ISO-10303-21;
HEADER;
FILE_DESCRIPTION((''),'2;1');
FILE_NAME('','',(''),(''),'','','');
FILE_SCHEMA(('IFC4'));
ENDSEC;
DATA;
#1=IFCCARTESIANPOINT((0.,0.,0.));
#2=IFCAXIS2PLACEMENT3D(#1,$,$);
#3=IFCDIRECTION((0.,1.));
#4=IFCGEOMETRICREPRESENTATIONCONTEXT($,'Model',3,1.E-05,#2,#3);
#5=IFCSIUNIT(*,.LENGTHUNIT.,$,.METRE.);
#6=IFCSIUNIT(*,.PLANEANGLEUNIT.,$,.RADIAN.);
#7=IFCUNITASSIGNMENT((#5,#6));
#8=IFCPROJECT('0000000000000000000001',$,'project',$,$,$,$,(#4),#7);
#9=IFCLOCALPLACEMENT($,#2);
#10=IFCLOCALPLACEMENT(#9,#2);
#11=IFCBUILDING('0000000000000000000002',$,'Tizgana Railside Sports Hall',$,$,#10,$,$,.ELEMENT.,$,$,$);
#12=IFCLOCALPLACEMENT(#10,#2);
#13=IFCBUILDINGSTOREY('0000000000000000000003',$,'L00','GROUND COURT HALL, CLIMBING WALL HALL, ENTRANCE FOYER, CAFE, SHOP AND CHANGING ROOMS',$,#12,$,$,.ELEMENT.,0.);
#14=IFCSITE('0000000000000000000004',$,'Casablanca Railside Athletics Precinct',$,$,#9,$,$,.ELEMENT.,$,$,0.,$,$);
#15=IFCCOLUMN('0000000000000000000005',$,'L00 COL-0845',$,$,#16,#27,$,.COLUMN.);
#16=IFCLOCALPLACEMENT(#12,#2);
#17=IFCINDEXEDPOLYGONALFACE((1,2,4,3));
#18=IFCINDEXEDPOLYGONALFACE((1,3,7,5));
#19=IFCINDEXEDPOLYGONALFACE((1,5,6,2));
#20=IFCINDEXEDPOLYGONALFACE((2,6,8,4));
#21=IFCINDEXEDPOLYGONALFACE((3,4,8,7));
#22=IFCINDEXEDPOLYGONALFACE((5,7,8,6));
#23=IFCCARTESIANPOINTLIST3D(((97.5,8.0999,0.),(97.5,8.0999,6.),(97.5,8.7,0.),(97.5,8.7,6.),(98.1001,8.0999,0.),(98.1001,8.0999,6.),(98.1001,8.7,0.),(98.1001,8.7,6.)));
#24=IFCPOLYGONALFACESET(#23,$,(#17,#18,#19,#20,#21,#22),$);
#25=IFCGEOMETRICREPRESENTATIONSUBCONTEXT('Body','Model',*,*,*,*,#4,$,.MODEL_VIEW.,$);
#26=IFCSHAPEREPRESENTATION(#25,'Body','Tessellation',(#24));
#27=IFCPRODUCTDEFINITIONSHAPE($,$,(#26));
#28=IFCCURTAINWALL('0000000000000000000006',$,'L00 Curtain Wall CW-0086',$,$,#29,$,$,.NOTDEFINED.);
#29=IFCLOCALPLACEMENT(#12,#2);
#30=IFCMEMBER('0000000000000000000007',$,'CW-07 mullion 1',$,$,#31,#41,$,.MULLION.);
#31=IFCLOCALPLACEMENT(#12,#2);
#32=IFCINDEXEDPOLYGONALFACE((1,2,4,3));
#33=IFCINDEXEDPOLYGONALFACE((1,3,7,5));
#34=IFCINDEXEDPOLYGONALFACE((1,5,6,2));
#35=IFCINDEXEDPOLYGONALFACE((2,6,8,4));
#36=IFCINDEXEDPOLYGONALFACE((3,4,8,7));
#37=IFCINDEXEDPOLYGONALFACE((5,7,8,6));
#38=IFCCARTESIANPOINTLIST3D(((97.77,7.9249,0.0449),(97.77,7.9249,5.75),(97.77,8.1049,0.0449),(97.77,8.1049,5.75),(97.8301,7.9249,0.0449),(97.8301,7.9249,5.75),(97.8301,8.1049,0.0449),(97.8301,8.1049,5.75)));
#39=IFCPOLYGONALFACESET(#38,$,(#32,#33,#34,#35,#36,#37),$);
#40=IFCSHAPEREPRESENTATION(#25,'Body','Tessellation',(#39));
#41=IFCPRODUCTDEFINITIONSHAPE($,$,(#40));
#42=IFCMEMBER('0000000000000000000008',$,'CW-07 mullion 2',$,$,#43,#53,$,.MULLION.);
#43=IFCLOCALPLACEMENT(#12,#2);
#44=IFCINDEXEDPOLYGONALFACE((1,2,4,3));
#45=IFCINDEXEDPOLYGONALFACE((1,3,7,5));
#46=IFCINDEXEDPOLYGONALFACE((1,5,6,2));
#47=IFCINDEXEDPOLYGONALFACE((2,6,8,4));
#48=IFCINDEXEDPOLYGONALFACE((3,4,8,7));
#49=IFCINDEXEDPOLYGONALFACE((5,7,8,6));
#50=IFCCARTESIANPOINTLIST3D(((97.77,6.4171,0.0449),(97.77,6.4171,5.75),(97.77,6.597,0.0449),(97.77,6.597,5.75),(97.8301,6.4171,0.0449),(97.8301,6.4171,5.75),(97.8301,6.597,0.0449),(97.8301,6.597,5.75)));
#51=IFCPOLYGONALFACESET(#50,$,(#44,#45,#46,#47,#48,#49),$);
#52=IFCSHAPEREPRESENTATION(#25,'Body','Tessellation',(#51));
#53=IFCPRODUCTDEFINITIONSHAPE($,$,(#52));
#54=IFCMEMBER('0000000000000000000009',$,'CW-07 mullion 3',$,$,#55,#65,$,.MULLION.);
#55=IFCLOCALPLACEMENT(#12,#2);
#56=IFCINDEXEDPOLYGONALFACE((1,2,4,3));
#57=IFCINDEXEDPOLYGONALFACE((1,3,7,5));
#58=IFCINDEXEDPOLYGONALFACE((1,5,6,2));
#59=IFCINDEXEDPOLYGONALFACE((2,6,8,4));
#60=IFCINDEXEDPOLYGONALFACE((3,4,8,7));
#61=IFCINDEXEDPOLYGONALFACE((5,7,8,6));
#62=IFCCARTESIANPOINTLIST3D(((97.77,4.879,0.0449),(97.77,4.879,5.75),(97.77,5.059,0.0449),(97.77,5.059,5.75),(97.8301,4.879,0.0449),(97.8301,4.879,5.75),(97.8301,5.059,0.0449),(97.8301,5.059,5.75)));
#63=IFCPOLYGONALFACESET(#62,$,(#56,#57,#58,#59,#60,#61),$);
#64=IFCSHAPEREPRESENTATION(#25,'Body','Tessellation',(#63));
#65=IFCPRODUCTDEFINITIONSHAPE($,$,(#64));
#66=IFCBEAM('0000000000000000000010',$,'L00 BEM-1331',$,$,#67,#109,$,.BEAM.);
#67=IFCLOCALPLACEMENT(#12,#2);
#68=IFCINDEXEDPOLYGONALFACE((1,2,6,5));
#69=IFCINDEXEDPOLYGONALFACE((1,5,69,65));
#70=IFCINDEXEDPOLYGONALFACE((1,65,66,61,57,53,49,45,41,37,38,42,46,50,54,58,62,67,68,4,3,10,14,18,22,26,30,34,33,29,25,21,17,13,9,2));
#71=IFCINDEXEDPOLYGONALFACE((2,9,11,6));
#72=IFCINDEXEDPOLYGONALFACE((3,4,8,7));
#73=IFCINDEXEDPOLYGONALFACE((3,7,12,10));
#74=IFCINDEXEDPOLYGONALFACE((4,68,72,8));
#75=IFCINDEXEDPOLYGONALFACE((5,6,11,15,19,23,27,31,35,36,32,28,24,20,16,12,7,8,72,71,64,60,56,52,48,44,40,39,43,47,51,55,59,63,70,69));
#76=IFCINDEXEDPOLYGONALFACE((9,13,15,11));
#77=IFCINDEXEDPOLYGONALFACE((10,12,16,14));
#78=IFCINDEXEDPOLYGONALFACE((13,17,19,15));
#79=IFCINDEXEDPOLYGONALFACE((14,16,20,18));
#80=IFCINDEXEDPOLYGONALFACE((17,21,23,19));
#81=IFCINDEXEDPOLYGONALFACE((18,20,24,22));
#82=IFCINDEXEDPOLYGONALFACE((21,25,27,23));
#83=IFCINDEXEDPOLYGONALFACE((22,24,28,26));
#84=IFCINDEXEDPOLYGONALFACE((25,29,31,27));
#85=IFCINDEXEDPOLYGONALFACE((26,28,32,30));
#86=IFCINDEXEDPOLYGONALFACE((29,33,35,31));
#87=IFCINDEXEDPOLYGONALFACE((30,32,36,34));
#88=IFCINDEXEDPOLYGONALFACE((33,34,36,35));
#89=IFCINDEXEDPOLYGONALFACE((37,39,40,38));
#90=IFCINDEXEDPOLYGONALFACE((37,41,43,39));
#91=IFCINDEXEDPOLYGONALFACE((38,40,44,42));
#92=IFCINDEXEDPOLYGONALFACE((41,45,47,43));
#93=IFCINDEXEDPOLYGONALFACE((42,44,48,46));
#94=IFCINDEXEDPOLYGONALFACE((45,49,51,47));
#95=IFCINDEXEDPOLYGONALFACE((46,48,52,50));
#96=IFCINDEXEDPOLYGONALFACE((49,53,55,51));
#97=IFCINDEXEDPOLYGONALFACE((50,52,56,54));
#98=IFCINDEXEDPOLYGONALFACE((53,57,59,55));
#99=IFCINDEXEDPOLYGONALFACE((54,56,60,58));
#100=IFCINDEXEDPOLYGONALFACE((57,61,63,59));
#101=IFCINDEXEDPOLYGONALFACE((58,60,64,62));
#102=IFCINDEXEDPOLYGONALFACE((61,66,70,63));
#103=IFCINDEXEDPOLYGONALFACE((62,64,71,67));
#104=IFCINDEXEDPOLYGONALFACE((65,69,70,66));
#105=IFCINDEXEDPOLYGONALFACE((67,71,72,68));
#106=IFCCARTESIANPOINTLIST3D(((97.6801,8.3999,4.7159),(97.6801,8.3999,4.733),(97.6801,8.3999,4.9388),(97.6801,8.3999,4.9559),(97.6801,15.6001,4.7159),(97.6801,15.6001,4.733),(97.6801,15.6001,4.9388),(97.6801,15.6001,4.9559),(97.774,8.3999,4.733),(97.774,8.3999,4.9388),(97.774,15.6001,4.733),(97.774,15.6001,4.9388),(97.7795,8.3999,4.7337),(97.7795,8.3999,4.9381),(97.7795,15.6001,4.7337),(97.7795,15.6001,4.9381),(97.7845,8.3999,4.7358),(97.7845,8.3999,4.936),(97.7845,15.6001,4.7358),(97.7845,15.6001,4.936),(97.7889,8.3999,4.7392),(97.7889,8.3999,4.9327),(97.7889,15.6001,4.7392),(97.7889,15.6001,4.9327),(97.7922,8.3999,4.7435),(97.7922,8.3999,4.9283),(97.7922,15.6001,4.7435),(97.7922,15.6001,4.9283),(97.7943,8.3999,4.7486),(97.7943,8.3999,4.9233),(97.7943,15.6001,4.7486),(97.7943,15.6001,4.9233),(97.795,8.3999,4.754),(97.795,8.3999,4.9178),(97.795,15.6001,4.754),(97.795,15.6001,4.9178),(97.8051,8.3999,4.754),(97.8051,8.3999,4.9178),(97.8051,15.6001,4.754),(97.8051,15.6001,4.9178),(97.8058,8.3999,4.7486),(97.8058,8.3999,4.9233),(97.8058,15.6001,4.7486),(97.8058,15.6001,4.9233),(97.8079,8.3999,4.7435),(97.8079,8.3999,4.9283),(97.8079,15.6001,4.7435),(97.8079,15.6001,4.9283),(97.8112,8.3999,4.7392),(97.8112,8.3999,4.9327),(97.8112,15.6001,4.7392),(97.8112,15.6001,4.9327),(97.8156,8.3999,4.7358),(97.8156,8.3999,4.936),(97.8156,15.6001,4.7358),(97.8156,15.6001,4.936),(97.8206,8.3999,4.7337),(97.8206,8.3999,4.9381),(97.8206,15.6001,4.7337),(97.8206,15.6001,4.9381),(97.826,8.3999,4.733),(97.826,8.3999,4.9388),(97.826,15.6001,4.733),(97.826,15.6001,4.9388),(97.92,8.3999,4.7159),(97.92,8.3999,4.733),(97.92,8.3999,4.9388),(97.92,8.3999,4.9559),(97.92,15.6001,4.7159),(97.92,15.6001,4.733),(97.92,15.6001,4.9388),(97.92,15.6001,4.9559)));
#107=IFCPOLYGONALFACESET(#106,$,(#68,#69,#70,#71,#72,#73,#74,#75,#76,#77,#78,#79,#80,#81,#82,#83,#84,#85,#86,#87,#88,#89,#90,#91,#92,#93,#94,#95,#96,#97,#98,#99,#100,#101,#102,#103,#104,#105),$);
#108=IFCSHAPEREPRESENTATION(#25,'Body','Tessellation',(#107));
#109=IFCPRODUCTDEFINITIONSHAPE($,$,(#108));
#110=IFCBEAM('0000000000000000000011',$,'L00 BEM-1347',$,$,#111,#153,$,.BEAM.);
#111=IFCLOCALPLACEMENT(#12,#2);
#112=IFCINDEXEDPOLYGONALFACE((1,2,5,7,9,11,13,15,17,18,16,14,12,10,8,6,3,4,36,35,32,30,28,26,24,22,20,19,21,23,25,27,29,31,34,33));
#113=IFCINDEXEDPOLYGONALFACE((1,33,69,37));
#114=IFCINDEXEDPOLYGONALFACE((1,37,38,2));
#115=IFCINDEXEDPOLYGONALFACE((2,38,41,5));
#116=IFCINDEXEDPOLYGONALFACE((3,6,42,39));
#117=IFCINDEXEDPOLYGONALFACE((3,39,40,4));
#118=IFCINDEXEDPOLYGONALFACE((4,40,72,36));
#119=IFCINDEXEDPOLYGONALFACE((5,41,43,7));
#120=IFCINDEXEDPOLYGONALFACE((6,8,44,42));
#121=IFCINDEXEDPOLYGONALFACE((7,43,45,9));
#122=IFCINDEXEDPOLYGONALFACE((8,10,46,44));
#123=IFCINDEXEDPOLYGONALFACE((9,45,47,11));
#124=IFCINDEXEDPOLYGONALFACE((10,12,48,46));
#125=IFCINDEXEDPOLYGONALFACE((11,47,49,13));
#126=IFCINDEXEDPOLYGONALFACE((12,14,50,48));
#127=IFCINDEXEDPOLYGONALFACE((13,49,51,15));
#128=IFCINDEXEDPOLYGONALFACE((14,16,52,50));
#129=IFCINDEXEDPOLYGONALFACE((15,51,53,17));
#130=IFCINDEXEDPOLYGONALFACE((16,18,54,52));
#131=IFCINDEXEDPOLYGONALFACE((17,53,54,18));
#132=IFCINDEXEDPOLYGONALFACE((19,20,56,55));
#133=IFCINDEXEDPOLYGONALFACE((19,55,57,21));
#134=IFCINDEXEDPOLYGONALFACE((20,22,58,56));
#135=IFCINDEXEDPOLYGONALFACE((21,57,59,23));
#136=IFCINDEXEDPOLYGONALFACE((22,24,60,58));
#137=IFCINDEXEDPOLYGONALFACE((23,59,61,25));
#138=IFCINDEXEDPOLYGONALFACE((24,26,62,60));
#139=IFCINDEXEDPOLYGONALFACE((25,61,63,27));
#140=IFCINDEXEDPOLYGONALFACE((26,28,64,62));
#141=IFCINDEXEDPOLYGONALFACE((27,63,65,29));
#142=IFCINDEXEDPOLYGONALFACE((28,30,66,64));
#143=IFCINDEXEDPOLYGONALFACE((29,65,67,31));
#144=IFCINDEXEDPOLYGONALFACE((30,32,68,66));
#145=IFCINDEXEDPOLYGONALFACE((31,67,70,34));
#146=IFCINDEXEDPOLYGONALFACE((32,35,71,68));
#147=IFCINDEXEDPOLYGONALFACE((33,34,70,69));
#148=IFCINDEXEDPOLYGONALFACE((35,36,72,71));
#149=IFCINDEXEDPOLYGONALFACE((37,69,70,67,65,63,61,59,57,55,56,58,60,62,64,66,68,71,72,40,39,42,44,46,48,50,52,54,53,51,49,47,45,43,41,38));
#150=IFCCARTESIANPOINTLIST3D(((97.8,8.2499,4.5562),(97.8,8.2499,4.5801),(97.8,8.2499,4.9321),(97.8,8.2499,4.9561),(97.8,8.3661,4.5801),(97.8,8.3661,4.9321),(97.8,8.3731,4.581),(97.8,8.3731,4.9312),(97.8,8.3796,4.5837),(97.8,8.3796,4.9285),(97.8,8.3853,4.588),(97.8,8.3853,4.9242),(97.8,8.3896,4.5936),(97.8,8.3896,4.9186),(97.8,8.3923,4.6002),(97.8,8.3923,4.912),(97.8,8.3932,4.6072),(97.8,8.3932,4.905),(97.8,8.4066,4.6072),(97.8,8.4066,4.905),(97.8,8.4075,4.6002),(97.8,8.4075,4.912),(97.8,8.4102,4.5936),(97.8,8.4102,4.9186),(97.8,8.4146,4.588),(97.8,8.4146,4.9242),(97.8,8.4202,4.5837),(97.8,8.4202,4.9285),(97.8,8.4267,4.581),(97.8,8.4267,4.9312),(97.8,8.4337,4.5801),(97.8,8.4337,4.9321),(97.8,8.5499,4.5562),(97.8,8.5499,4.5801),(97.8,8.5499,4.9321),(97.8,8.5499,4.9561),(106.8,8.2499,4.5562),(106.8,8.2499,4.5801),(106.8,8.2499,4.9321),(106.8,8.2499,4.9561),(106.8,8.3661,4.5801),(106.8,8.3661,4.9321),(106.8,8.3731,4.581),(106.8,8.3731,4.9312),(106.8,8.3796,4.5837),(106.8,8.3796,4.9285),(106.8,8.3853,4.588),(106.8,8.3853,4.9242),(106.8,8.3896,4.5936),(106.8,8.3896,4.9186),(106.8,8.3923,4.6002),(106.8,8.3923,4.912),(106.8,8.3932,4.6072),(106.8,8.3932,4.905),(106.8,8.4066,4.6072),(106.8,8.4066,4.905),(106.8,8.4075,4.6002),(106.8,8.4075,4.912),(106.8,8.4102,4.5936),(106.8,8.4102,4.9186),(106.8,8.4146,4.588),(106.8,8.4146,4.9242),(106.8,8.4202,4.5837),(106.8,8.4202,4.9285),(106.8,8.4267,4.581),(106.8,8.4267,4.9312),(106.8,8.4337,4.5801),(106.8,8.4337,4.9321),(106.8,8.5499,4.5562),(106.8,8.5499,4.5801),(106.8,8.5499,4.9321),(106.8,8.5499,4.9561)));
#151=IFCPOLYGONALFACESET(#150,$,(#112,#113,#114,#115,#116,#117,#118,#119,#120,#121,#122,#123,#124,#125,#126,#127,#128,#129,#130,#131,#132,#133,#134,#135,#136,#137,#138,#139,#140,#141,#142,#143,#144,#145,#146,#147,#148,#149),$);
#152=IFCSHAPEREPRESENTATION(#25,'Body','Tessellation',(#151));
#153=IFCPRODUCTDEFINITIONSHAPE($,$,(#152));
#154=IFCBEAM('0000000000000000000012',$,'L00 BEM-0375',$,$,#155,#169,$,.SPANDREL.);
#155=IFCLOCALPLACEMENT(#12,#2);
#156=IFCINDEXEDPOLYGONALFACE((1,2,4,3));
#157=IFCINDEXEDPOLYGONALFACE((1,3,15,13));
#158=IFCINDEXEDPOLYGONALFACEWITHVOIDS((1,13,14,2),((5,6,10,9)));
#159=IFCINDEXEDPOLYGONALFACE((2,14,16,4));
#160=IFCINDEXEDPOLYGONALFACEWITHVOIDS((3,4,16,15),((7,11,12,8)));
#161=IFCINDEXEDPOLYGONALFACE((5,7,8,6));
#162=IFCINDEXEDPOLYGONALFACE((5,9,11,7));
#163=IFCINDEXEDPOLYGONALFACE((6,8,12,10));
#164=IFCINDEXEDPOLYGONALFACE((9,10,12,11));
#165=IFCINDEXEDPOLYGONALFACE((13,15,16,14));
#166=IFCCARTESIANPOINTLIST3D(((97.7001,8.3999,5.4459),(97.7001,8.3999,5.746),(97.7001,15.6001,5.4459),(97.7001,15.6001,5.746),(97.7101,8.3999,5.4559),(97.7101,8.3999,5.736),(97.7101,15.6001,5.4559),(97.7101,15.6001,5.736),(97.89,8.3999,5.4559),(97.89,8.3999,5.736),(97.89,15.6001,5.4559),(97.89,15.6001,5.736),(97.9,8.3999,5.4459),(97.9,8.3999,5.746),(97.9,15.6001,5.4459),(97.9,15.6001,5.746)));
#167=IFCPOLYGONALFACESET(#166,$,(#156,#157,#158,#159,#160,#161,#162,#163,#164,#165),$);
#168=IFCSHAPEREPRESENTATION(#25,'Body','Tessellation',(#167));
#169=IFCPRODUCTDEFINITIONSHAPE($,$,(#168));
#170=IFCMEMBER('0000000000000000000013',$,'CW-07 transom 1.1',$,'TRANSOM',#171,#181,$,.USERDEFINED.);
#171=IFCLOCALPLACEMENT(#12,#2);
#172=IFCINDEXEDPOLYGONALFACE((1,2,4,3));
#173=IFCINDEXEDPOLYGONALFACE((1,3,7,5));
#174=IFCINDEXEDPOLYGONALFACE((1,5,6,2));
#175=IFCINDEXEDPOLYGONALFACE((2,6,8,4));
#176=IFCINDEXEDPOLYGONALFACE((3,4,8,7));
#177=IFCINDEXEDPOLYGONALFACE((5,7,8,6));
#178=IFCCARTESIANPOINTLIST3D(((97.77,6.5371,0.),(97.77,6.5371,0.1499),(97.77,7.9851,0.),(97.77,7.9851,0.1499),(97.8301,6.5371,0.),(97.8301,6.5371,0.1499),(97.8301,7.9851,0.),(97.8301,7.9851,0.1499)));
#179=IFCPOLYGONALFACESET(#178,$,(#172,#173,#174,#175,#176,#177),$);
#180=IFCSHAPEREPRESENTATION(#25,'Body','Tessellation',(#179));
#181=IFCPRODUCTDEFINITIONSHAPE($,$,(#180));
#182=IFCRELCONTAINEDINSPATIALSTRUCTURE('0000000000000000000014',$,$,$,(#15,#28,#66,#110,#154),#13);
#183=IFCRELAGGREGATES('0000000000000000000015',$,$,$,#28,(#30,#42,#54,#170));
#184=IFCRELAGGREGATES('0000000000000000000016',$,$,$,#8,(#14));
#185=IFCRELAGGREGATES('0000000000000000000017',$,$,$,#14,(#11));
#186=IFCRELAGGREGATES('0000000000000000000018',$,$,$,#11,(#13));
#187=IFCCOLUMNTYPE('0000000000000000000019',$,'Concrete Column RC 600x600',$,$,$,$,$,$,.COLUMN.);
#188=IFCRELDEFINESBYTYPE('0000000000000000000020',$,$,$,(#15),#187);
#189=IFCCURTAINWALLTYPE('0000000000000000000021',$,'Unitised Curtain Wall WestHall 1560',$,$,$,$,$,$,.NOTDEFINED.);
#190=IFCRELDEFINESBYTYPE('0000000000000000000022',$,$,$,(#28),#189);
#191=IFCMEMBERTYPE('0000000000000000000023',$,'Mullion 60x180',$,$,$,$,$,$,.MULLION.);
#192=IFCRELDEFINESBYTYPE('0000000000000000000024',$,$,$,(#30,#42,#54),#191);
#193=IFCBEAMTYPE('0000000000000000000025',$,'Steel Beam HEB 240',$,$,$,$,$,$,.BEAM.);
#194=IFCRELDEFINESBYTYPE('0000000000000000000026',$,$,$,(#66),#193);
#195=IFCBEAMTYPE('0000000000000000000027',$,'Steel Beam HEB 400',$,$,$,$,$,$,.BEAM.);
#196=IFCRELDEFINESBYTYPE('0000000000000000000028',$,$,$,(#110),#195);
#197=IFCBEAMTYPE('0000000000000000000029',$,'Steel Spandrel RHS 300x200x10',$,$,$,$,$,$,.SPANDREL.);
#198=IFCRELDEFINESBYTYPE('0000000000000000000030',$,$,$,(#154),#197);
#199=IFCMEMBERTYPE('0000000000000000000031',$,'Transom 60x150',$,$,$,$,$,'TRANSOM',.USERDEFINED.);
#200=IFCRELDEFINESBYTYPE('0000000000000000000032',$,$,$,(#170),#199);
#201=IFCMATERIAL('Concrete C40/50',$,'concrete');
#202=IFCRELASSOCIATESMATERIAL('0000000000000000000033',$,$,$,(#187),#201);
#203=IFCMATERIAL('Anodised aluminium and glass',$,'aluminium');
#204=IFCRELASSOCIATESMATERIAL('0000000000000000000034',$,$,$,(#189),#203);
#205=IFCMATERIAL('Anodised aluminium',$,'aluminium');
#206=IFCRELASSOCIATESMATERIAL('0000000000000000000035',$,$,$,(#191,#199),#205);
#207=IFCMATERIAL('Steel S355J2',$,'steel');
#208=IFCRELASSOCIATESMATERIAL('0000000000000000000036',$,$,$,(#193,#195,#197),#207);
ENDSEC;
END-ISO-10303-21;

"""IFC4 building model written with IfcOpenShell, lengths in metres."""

from ifc_helpers import new_model, si_unit, direction, frame, origin, origin_2d, place, context, subcontext, project, spatial, rectangle, hollow_rectangle, i_section, extrude, material, material_profile, profile_set, type_object, element, aggregate, save


model = new_model("IFC4")

# Units and contexts
model_context = context("Model", 3, precision=1e-05, world=origin(), true_north=direction((0.0, 1.0)))
body_context = subcontext(model_context, "Body", "Model", "MODEL_VIEW")
ifc_project = project(units=[si_unit("LENGTHUNIT", "METRE"), si_unit("PLANEANGLEUNIT", "RADIAN")], contexts=[model_context])

# Site, building, storey
site_placement = place(None, origin())
site = spatial("IfcSite", under=ifc_project, at=site_placement, Name="Casablanca Railside Athletics Precinct", CompositionType="ELEMENT", RefElevation=0.0)
building_placement = place(site_placement, origin())
building = spatial("IfcBuilding", under=site, at=building_placement, Name="Tizgana Railside Sports Hall", CompositionType="ELEMENT")
storey_placement = place(building_placement, origin())
storey = spatial("IfcBuildingStorey", under=building, at=storey_placement, Name="L00", Description="GROUND COURT HALL, CLIMBING WALL HALL, ENTRANCE FOYER, CAFE, SHOP AND CHANGING ROOMS", CompositionType="ELEMENT", Elevation=0.0)

# Column
ifc_material_1 = material(Name="Concrete C40/50", Category="concrete")
ifc_material_profile_1 = material_profile(ifc_material_1, rectangle(XDim=0.6001, YDim=0.6001, at=origin_2d()), Name="RC 600x600")
ifc_profile_set_1 = profile_set([ifc_material_profile_1], Name="Concrete C40/50")
column_type = type_object("IfcColumnType", Name="Concrete Column RC 600x600", PredefinedType="COLUMN", material=ifc_profile_set_1)
column_placement = place(storey_placement, frame((97.8, 8.3999, 0.0), z_axis=(0.0, 0.0, 1.0), x_axis=(1.0, 0.0, 0.0)))
element("IfcColumn", 1, at=column_placement, inside=storey, type_object=column_type, Name="L00 COL-0845", PredefinedType="COLUMN", context=body_context, shape_type="SweptSolid", body=[
    extrude(rectangle(XDim=0.6001, YDim=0.6001, at=origin_2d()), origin(), (0.0, 0.0, 1.0), 6.0),
])

# Curtain wall, members
ifc_material_2 = material(Name="Anodised aluminium and glass", Category="aluminium")
curtain_wall_type = type_object("IfcCurtainWallType", Name="Unitised Curtain Wall WestHall 1560", PredefinedType="NOTDEFINED", material=ifc_material_2)
curtain_wall_placement = place(storey_placement, origin())
curtain_wall = element("IfcCurtainWall", 2, at=curtain_wall_placement, inside=storey, type_object=curtain_wall_type, Name="L00 Curtain Wall CW-0086", PredefinedType="NOTDEFINED")
ifc_material_3 = material(Name="Anodised aluminium", Category="aluminium")
ifc_material_profile_2 = material_profile(ifc_material_3, rectangle(XDim=0.0601, YDim=0.1799, at=origin_2d()), Name="Mullion 60x180")
ifc_profile_set_2 = profile_set([ifc_material_profile_2], Name="Anodised aluminium")
member_type_1 = type_object("IfcMemberType", Name="Mullion 60x180", PredefinedType="MULLION", material=ifc_profile_set_2)
member_1_placement = place(storey_placement, frame((97.8, 8.0149, 0.0449), z_axis=(0.0, 0.0, 1.0), x_axis=(1.0, 0.0, 0.0)))
member_1 = element("IfcMember", 3, at=member_1_placement, type_object=member_type_1, Name="CW-07 mullion 1", PredefinedType="MULLION", context=body_context, shape_type="SweptSolid", body=[
    extrude(rectangle(XDim=0.0601, YDim=0.1799, at=origin_2d()), origin(), (0.0, 0.0, 1.0), 5.7051),
])
member_2_placement = place(storey_placement, frame((97.8, 6.5071, 0.0449), z_axis=(0.0, 0.0, 1.0), x_axis=(1.0, 0.0, 0.0)))
member_2 = element("IfcMember", 4, at=member_2_placement, type_object=member_type_1, Name="CW-07 mullion 2", PredefinedType="MULLION", context=body_context, shape_type="SweptSolid", body=[
    extrude(rectangle(XDim=0.0601, YDim=0.1799, at=origin_2d()), origin(), (0.0, 0.0, 1.0), 5.7051),
])
member_3_placement = place(storey_placement, frame((97.8, 4.969, 0.0449), z_axis=(0.0, 0.0, 1.0), x_axis=(1.0, 0.0, 0.0)))
member_3 = element("IfcMember", 5, at=member_3_placement, type_object=member_type_1, Name="CW-07 mullion 3", PredefinedType="MULLION", context=body_context, shape_type="SweptSolid", body=[
    extrude(rectangle(XDim=0.0601, YDim=0.1799, at=origin_2d()), origin(), (0.0, 0.0, 1.0), 5.7051),
])

# Beams
ifc_material_4 = material(Name="Steel S355J2", Category="steel")
ifc_material_profile_3 = material_profile(ifc_material_4, i_section(OverallWidth=0.24, OverallDepth=0.24, WebThickness=0.01, FlangeThickness=0.0171, FilletRadius=0.021, at=origin_2d()), Name="HEB 240")
ifc_profile_set_3 = profile_set([ifc_material_profile_3], Name="Steel S355J2")
beam_type_1 = type_object("IfcBeamType", Name="Steel Beam HEB 240", PredefinedType="BEAM", material=ifc_profile_set_3)
beam_1_placement = place(storey_placement, frame((97.8, 8.3999, 4.8359), z_axis=(0.0, 1.0, 0.0), x_axis=(-1.0, 0.0, 0.0)))
element("IfcBeam", 6, at=beam_1_placement, inside=storey, type_object=beam_type_1, Name="L00 BEM-1331", PredefinedType="BEAM", context=body_context, shape_type="SweptSolid", body=[
    extrude(i_section(OverallWidth=0.24, OverallDepth=0.24, WebThickness=0.01, FlangeThickness=0.0171, FilletRadius=0.021, at=origin_2d()), origin(), (0.0, 0.0, 1.0), 7.2002),
])
ifc_material_profile_4 = material_profile(ifc_material_4, i_section(OverallWidth=0.3, OverallDepth=0.3999, WebThickness=0.0134, FlangeThickness=0.0239, FilletRadius=0.0271, at=origin_2d()), Name="HEB 400")
ifc_profile_set_4 = profile_set([ifc_material_profile_4], Name="Steel S355J2")
beam_type_2 = type_object("IfcBeamType", Name="Steel Beam HEB 400", PredefinedType="BEAM", material=ifc_profile_set_4)
beam_2_placement = place(storey_placement, frame((97.8, 8.3999, 4.7561), z_axis=(1.0, 0.0, 0.0), x_axis=(0.0, 1.0, 0.0)))
element("IfcBeam", 7, at=beam_2_placement, inside=storey, type_object=beam_type_2, Name="L00 BEM-1347", PredefinedType="BEAM", context=body_context, shape_type="SweptSolid", body=[
    extrude(i_section(OverallWidth=0.3, OverallDepth=0.3999, WebThickness=0.0134, FlangeThickness=0.0239, FilletRadius=0.0271, at=origin_2d()), origin(), (0.0, 0.0, 1.0), 9.0),
])
ifc_material_profile_5 = material_profile(ifc_material_4, hollow_rectangle(XDim=0.2, YDim=0.3, WallThickness=0.01, at=origin_2d()), Name="RHS 300x200x10")
ifc_profile_set_5 = profile_set([ifc_material_profile_5], Name="Steel S355J2")
beam_type_3 = type_object("IfcBeamType", Name="Steel Spandrel RHS 300x200x10", PredefinedType="SPANDREL", material=ifc_profile_set_5)
beam_3_placement = place(storey_placement, frame((97.8, 8.3999, 5.5959), z_axis=(0.0, 1.0, 0.0), x_axis=(-1.0, 0.0, 0.0)))
element("IfcBeam", 8, at=beam_3_placement, inside=storey, type_object=beam_type_3, Name="L00 BEM-0375", PredefinedType="SPANDREL", context=body_context, shape_type="SweptSolid", body=[
    extrude(hollow_rectangle(XDim=0.2, YDim=0.3, WallThickness=0.01, at=origin_2d()), origin(), (0.0, 0.0, 1.0), 7.2002),
])

# Member
ifc_material_profile_6 = material_profile(ifc_material_3, rectangle(XDim=0.0601, YDim=0.1499, at=origin_2d()), Name="Transom 60x150")
ifc_profile_set_6 = profile_set([ifc_material_profile_6], Name="Anodised aluminium")
member_type_2 = type_object("IfcMemberType", Name="Transom 60x150", ElementType="TRANSOM", PredefinedType="USERDEFINED", material=ifc_profile_set_6)
member_4_placement = place(storey_placement, frame((97.8, 7.9851, 0.075), z_axis=(0.0, -1.0, 0.0), x_axis=(1.0, 0.0, 0.0)))
member_4 = element("IfcMember", 9, at=member_4_placement, type_object=member_type_2, Name="CW-07 transom 1.1", ObjectType="TRANSOM", PredefinedType="USERDEFINED", context=body_context, shape_type="SweptSolid", body=[
    extrude(rectangle(XDim=0.0601, YDim=0.1499, at=origin_2d()), origin(), (0.0, 0.0, 1.0), 1.448),
])

aggregate(curtain_wall, [member_1, member_2, member_3, member_4])

save(model, "model.ifc")
